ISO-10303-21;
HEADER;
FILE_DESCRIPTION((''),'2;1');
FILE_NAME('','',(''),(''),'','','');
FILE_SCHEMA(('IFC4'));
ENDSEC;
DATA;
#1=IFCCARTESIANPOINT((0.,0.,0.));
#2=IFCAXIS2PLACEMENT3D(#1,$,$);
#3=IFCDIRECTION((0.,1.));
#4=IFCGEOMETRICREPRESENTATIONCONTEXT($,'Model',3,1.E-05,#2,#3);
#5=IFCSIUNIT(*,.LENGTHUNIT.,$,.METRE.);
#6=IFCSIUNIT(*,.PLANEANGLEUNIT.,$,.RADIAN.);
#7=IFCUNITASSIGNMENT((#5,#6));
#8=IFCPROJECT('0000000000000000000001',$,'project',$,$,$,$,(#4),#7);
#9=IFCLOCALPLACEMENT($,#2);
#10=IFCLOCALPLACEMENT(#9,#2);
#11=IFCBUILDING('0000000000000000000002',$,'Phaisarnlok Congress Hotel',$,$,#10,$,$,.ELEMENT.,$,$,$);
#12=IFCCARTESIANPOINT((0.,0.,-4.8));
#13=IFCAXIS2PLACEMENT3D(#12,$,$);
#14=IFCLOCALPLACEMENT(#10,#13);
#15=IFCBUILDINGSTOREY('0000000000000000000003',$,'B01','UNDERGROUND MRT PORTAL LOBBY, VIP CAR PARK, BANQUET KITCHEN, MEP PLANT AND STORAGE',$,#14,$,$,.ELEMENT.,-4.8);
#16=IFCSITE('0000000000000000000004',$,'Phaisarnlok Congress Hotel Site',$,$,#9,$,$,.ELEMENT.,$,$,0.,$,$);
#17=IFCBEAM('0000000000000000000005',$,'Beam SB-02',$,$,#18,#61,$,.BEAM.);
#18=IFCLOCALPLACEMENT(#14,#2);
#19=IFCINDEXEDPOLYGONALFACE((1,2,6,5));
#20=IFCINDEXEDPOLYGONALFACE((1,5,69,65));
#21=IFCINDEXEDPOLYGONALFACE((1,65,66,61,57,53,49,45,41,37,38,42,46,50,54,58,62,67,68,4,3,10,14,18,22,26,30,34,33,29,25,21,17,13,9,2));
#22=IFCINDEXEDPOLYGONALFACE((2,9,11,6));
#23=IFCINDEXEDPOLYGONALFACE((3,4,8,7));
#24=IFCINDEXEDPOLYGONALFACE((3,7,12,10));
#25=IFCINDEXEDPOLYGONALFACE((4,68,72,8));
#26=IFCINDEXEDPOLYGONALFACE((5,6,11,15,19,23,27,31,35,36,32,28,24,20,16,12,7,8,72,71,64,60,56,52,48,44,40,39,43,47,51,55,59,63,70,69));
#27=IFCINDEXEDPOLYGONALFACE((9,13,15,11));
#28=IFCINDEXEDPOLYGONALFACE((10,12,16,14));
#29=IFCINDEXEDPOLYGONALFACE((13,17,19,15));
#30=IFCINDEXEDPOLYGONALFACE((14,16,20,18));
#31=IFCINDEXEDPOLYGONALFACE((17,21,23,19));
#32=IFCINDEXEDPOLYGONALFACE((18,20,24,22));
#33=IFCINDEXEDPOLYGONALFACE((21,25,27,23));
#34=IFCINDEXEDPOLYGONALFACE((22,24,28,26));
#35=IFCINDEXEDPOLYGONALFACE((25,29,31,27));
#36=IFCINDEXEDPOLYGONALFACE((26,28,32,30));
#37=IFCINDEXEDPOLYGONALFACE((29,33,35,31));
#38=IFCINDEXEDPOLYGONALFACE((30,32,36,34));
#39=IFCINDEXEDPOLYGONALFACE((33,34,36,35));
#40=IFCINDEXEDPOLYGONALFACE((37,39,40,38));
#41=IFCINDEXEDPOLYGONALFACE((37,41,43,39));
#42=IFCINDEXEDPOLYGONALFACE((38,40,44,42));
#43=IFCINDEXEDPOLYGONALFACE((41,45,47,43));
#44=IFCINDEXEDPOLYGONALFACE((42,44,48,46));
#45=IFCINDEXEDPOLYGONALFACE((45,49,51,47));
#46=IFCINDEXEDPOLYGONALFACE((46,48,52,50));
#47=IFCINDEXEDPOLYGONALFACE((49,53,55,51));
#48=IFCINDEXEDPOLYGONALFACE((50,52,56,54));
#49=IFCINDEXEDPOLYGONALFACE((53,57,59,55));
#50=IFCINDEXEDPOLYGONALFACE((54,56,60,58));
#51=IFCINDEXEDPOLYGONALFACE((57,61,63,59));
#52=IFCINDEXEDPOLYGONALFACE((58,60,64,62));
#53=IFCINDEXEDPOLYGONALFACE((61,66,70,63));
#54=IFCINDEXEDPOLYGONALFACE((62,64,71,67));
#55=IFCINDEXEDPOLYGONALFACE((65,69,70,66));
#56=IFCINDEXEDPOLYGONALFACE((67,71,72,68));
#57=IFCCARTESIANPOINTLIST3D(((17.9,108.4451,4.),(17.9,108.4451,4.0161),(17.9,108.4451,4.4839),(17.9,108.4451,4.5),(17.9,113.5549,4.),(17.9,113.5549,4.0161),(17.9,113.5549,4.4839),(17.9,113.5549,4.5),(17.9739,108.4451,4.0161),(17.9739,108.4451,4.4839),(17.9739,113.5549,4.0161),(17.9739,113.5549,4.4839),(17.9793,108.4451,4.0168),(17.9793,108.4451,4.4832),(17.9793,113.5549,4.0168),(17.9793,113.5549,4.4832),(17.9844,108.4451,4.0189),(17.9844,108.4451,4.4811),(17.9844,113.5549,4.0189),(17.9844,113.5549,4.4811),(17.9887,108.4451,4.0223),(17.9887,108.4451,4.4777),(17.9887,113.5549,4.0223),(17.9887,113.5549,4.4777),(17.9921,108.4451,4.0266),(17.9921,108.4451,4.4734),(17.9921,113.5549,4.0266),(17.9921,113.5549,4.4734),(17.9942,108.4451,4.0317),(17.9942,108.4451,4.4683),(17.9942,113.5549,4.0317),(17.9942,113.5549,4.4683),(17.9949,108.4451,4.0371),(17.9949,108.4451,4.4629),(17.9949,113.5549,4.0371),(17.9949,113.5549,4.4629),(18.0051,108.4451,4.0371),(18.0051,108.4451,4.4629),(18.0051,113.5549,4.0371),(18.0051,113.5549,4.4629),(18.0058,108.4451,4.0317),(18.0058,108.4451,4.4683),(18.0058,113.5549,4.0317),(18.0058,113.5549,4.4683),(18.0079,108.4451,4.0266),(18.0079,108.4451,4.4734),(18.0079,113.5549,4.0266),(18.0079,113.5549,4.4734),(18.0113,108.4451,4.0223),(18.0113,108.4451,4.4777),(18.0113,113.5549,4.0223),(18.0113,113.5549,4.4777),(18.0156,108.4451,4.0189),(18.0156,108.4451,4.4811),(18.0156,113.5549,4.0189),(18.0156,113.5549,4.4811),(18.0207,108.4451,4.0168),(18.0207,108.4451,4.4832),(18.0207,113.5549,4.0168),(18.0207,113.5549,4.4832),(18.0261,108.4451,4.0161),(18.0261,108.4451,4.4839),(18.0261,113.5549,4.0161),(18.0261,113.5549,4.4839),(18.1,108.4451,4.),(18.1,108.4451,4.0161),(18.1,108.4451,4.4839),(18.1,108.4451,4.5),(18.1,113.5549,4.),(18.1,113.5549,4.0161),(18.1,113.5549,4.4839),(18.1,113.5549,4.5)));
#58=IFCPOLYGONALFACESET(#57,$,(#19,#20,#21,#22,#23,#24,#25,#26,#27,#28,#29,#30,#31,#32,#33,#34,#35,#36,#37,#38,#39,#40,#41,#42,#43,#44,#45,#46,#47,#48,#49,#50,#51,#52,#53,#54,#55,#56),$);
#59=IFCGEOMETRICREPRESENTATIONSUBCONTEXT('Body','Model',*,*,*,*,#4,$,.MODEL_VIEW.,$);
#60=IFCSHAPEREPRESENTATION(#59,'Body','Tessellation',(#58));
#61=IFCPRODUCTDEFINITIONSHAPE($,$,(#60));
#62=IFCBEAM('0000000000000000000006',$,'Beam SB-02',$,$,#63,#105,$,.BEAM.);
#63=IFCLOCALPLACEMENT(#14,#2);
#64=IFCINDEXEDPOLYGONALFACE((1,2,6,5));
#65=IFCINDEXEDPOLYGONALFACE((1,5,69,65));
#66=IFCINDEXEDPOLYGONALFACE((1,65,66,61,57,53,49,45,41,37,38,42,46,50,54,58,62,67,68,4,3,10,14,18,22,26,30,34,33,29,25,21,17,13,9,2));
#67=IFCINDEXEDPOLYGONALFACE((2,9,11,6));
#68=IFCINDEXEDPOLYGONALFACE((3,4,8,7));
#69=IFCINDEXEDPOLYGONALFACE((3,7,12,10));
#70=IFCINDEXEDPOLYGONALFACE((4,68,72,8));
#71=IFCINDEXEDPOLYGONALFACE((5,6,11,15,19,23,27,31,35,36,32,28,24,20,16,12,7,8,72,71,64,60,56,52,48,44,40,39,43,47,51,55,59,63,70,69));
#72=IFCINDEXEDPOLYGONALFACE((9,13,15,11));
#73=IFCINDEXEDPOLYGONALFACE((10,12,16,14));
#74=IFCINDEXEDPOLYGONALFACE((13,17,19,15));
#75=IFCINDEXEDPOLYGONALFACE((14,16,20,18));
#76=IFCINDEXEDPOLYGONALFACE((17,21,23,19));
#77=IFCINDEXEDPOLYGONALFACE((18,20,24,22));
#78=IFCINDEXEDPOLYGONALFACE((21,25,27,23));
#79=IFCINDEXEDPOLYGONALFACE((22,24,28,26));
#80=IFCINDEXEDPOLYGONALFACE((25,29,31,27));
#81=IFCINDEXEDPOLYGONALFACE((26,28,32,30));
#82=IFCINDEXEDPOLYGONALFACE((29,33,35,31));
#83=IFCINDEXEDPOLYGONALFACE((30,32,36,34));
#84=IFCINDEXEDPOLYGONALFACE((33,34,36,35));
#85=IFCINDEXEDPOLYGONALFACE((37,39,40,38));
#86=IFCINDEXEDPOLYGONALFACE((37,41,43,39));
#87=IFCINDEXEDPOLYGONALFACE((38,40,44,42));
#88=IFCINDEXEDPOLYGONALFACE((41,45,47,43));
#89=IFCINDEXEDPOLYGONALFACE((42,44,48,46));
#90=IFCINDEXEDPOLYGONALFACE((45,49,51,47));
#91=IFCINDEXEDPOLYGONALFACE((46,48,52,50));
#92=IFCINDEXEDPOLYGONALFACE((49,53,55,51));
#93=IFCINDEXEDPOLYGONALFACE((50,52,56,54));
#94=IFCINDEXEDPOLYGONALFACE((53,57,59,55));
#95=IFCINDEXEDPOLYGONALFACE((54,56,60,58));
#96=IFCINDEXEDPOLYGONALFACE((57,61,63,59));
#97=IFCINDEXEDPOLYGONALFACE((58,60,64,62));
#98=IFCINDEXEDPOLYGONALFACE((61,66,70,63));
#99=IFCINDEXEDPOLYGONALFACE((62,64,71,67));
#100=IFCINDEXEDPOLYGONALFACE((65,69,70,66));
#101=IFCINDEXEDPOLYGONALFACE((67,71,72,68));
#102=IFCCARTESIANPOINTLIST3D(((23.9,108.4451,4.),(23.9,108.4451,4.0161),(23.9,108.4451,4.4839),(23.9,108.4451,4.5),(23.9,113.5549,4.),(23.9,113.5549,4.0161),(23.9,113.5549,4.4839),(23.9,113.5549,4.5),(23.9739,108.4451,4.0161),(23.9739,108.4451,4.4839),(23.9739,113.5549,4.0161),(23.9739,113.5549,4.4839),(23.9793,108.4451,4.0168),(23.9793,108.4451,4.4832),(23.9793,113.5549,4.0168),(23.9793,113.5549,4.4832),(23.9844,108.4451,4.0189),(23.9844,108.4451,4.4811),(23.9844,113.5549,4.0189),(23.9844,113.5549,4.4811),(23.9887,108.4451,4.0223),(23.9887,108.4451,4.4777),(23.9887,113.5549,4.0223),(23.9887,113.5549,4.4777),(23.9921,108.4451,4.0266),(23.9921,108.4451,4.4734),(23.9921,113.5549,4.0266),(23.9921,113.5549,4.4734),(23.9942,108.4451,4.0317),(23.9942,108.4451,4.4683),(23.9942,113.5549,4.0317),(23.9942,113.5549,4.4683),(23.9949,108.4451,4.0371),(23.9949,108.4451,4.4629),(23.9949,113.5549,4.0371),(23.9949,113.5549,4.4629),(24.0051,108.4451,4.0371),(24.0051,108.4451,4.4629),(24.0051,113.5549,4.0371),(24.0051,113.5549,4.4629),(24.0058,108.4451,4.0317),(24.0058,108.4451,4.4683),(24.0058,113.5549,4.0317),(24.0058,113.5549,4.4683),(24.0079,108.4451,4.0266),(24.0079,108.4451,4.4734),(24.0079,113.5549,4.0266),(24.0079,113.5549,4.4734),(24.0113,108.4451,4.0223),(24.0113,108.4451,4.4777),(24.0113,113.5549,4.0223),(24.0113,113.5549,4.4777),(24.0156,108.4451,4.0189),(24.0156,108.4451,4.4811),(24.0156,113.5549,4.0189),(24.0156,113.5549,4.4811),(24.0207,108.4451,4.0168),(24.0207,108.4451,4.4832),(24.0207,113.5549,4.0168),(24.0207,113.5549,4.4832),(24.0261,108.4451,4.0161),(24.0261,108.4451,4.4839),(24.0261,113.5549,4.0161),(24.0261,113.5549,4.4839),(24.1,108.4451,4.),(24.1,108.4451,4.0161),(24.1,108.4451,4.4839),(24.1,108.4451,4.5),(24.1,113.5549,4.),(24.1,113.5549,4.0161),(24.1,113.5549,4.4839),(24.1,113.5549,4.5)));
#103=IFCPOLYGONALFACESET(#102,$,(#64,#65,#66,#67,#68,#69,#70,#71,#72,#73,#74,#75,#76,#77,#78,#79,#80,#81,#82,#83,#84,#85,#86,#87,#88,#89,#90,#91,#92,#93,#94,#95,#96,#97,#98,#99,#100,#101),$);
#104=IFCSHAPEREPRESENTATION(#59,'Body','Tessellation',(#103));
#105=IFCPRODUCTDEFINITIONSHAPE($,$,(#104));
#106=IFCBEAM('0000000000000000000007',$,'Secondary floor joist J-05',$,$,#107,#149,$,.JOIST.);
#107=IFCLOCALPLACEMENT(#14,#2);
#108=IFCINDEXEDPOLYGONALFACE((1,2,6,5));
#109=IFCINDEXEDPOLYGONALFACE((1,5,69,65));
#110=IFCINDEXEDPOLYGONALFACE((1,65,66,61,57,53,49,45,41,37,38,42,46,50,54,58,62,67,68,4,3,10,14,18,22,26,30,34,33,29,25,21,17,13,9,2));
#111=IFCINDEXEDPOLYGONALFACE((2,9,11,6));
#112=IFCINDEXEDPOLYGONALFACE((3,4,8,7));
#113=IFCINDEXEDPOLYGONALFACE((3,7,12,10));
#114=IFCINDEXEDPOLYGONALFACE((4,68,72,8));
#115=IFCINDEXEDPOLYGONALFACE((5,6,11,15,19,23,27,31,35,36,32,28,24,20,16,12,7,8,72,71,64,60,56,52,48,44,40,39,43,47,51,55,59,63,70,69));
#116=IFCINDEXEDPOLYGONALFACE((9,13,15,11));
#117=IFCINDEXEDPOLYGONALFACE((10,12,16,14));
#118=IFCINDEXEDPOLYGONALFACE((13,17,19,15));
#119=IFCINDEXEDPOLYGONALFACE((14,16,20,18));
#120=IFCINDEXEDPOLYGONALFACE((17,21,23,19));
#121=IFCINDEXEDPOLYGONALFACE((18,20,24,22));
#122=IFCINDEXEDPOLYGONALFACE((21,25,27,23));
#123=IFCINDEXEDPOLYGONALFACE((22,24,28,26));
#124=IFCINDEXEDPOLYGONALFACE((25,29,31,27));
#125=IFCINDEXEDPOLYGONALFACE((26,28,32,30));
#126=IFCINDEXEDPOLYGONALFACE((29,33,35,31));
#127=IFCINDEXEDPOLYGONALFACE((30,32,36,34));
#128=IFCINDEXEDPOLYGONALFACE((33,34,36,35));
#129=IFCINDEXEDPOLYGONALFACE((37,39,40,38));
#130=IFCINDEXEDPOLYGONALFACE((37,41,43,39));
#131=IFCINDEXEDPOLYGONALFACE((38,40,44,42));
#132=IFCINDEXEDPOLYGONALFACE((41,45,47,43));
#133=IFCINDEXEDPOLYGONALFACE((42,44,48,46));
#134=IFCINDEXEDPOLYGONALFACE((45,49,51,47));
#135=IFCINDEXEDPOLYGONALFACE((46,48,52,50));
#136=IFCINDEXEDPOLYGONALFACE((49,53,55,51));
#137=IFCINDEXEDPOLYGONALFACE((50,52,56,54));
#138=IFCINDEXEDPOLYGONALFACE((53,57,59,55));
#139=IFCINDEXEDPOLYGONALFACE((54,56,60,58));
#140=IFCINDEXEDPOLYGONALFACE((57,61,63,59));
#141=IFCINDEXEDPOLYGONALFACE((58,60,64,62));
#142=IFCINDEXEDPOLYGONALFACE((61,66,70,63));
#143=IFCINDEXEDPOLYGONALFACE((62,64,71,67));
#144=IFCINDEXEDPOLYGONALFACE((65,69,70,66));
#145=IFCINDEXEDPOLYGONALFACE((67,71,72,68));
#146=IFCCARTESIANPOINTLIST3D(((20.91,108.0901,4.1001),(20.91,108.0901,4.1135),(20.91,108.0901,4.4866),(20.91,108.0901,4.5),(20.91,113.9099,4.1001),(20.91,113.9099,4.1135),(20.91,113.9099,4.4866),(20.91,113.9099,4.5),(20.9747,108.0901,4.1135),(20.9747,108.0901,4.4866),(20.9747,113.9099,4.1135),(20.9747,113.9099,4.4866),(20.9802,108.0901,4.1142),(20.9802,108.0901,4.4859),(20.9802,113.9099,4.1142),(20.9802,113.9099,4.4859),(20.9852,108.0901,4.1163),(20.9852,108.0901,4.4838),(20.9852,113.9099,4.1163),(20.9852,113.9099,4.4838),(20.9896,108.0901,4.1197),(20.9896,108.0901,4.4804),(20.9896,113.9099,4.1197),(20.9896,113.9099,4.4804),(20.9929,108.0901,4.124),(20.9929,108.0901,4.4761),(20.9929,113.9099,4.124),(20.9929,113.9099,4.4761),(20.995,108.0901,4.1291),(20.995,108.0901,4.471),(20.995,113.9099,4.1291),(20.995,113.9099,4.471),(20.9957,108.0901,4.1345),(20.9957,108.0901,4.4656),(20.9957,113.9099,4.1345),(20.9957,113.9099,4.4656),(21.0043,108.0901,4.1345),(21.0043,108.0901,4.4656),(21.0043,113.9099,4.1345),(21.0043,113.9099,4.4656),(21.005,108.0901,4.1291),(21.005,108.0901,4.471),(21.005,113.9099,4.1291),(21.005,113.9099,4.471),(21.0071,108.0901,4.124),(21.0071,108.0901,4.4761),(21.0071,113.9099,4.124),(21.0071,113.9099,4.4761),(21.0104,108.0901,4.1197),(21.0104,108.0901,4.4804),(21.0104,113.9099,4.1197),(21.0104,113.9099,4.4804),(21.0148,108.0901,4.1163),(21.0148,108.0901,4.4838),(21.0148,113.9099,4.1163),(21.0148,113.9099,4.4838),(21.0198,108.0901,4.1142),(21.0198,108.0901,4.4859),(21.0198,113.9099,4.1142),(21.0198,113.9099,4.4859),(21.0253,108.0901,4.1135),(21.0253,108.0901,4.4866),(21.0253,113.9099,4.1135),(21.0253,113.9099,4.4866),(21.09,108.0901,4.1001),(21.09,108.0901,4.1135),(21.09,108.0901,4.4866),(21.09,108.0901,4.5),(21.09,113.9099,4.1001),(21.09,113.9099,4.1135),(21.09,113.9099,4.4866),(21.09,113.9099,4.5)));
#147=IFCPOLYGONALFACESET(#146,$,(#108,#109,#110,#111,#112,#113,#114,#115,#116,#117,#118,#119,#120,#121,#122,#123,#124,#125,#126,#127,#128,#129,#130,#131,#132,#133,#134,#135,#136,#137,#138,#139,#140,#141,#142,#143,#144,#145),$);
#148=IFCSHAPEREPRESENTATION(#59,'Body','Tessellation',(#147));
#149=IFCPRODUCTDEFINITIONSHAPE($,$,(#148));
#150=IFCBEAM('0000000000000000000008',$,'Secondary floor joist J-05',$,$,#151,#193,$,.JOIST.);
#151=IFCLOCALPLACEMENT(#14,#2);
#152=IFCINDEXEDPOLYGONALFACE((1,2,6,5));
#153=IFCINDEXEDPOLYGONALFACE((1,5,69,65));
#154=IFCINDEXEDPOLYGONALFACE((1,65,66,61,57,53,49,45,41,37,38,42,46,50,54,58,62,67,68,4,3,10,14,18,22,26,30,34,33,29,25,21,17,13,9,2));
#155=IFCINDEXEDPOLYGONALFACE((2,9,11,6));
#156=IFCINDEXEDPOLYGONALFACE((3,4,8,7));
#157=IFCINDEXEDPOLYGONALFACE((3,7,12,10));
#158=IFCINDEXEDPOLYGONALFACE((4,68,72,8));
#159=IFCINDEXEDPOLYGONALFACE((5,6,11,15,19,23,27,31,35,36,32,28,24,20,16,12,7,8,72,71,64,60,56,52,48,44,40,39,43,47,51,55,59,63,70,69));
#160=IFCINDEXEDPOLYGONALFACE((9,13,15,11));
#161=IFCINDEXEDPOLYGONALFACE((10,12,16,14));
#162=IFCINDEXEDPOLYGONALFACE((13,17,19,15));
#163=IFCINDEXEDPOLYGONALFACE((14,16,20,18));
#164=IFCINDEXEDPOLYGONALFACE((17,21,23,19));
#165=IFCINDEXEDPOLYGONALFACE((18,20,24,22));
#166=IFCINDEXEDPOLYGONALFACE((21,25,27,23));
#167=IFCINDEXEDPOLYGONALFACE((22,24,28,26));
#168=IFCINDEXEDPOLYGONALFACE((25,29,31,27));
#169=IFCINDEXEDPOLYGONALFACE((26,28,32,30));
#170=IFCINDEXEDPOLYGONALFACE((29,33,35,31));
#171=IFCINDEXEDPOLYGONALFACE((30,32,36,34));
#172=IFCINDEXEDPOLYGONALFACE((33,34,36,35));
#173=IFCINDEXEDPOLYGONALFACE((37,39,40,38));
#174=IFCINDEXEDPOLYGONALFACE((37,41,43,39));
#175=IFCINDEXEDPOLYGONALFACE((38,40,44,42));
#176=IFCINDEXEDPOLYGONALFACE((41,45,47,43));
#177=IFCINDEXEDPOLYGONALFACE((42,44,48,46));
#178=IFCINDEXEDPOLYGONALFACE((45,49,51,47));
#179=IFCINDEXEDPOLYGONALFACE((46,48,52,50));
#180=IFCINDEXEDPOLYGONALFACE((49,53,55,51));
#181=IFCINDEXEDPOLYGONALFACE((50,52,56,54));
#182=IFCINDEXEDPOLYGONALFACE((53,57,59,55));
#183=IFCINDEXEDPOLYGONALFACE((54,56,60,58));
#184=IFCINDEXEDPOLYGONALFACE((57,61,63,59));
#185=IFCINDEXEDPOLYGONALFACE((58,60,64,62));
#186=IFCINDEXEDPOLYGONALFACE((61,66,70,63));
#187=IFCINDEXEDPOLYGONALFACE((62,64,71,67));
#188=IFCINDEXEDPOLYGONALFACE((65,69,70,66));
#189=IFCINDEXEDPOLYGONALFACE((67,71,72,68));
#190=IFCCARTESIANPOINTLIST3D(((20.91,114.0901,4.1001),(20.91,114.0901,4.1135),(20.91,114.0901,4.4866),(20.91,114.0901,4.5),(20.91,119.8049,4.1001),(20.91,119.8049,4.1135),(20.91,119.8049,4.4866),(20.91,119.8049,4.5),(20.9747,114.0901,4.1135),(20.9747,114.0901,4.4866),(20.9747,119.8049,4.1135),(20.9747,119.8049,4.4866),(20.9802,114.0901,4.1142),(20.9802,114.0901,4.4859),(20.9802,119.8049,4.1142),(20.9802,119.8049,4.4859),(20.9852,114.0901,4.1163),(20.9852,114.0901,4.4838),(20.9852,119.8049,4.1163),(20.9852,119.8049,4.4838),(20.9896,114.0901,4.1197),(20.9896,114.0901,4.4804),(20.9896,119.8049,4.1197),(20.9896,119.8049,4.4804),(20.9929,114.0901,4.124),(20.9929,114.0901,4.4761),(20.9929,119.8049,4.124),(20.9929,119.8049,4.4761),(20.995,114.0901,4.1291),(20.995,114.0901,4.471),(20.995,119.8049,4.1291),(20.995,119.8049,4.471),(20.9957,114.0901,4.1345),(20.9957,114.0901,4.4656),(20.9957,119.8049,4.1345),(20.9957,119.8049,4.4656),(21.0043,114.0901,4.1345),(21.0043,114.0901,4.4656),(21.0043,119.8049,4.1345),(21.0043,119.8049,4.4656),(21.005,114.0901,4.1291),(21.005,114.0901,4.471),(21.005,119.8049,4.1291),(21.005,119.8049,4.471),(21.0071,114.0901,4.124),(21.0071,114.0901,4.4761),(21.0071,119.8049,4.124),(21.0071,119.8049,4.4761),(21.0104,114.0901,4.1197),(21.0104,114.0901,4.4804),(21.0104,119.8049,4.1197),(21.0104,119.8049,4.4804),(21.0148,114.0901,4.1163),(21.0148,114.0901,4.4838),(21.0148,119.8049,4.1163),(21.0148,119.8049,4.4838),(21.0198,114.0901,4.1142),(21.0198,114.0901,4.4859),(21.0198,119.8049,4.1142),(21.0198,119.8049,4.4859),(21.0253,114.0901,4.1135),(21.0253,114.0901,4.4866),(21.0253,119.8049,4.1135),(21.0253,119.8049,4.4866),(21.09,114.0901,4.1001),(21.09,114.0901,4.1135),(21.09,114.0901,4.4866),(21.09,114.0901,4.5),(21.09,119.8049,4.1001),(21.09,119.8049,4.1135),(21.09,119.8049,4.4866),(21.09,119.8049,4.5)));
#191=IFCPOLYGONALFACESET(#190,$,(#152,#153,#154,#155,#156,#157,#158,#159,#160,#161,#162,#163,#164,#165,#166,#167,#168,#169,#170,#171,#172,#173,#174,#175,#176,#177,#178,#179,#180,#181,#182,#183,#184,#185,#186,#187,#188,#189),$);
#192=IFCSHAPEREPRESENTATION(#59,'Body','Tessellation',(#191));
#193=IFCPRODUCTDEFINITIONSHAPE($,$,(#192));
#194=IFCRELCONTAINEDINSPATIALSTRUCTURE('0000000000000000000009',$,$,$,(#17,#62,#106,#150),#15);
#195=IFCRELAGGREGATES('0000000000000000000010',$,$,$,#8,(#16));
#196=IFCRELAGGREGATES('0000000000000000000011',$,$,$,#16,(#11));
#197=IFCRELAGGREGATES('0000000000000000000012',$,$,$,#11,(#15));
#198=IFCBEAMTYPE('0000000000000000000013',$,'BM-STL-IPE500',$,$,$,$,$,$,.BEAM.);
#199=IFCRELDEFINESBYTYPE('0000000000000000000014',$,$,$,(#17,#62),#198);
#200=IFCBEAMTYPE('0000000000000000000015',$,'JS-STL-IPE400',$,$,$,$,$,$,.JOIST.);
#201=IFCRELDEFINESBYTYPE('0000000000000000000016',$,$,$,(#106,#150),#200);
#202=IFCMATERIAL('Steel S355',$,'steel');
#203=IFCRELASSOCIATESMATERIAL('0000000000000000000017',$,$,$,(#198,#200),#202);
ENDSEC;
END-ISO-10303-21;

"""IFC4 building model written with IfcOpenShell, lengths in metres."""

from ifc_helpers import new_model, si_unit, direction, frame, origin, origin_2d, place, context, subcontext, project, spatial, i_section, extrude, material, material_profile, profile_set, type_object, element, save


model = new_model("IFC4")

# Units and contexts
model_context = context("Model", 3, precision=1e-05, world=origin(), true_north=direction((0.0, 1.0)))
body_context = subcontext(model_context, "Body", "Model", "MODEL_VIEW")
ifc_project = project(units=[si_unit("LENGTHUNIT", "METRE"), si_unit("PLANEANGLEUNIT", "RADIAN")], contexts=[model_context])

# Site, building, storey
site_placement = place(None, origin())
site = spatial("IfcSite", under=ifc_project, at=site_placement, Name="Phaisarnlok Congress Hotel Site", CompositionType="ELEMENT", RefElevation=0.0)
building_placement = place(site_placement, origin())
building = spatial("IfcBuilding", under=site, at=building_placement, Name="Phaisarnlok Congress Hotel", CompositionType="ELEMENT")
storey_placement = place(building_placement, frame((0.0, 0.0, -4.8)))
storey = spatial("IfcBuildingStorey", under=building, at=storey_placement, Name="B01", Description="UNDERGROUND MRT PORTAL LOBBY, VIP CAR PARK, BANQUET KITCHEN, MEP PLANT AND STORAGE", CompositionType="ELEMENT", Elevation=-4.8)

# Beams
ifc_material_1 = material(Name="Steel S355", Category="steel")
ifc_material_profile_1 = material_profile(ifc_material_1, i_section(OverallWidth=0.2, OverallDepth=0.5, WebThickness=0.0103, FlangeThickness=0.0161, FilletRadius=0.021, at=origin_2d()), Name="IPE 500")
ifc_profile_set_1 = profile_set([ifc_material_profile_1], Name="Steel S355")
beam_type_1 = type_object("IfcBeamType", Name="BM-STL-IPE500", PredefinedType="BEAM", material=ifc_profile_set_1)
for number, where, z_axis, x_axis, name in (
    (1, (18.0, 108.4451, 4.25), (0.0, 1.0, 0.0), (-1.0, 0.0, 0.0), "Beam SB-02"),
    (2, (24.0, 108.4451, 4.25), (0.0, 1.0, 0.0), (-1.0, 0.0, 0.0), "Beam SB-02"),
):
    element("IfcBeam", number, at=place(storey_placement, frame(where, z_axis=z_axis, x_axis=x_axis)), inside=storey, type_object=beam_type_1, Name=name, PredefinedType="BEAM", context=body_context, shape_type="SweptSolid", body=[
        extrude(i_section(OverallWidth=0.2, OverallDepth=0.5, WebThickness=0.0103, FlangeThickness=0.0161, FilletRadius=0.021, at=origin_2d()), origin(), (0.0, 0.0, 1.0), 5.1099),
    ])
ifc_material_profile_2 = material_profile(ifc_material_1, i_section(OverallWidth=0.1799, OverallDepth=0.3999, WebThickness=0.0085, FlangeThickness=0.0134, FilletRadius=0.021, at=origin_2d()), Name="IPE 400")
ifc_profile_set_2 = profile_set([ifc_material_profile_2], Name="Steel S355")
beam_type_2 = type_object("IfcBeamType", Name="JS-STL-IPE400", PredefinedType="JOIST", material=ifc_profile_set_2)
beam_1_placement = place(storey_placement, frame((21.0, 108.0901, 4.3), z_axis=(0.0, 1.0, 0.0), x_axis=(-1.0, 0.0, 0.0)))
element("IfcBeam", 3, at=beam_1_placement, inside=storey, type_object=beam_type_2, Name="Secondary floor joist J-05", PredefinedType="JOIST", context=body_context, shape_type="SweptSolid", body=[
    extrude(i_section(OverallWidth=0.1799, OverallDepth=0.3999, WebThickness=0.0085, FlangeThickness=0.0134, FilletRadius=0.021, at=origin_2d()), origin(), (0.0, 0.0, 1.0), 5.8198),
])
beam_2_placement = place(storey_placement, frame((21.0, 114.0901, 4.3), z_axis=(0.0, 1.0, 0.0), x_axis=(-1.0, 0.0, 0.0)))
element("IfcBeam", 4, at=beam_2_placement, inside=storey, type_object=beam_type_2, Name="Secondary floor joist J-05", PredefinedType="JOIST", context=body_context, shape_type="SweptSolid", body=[
    extrude(i_section(OverallWidth=0.1799, OverallDepth=0.3999, WebThickness=0.0085, FlangeThickness=0.0134, FilletRadius=0.021, at=origin_2d()), origin(), (0.0, 0.0, 1.0), 5.7148),
])

save(model, "model.ifc")
